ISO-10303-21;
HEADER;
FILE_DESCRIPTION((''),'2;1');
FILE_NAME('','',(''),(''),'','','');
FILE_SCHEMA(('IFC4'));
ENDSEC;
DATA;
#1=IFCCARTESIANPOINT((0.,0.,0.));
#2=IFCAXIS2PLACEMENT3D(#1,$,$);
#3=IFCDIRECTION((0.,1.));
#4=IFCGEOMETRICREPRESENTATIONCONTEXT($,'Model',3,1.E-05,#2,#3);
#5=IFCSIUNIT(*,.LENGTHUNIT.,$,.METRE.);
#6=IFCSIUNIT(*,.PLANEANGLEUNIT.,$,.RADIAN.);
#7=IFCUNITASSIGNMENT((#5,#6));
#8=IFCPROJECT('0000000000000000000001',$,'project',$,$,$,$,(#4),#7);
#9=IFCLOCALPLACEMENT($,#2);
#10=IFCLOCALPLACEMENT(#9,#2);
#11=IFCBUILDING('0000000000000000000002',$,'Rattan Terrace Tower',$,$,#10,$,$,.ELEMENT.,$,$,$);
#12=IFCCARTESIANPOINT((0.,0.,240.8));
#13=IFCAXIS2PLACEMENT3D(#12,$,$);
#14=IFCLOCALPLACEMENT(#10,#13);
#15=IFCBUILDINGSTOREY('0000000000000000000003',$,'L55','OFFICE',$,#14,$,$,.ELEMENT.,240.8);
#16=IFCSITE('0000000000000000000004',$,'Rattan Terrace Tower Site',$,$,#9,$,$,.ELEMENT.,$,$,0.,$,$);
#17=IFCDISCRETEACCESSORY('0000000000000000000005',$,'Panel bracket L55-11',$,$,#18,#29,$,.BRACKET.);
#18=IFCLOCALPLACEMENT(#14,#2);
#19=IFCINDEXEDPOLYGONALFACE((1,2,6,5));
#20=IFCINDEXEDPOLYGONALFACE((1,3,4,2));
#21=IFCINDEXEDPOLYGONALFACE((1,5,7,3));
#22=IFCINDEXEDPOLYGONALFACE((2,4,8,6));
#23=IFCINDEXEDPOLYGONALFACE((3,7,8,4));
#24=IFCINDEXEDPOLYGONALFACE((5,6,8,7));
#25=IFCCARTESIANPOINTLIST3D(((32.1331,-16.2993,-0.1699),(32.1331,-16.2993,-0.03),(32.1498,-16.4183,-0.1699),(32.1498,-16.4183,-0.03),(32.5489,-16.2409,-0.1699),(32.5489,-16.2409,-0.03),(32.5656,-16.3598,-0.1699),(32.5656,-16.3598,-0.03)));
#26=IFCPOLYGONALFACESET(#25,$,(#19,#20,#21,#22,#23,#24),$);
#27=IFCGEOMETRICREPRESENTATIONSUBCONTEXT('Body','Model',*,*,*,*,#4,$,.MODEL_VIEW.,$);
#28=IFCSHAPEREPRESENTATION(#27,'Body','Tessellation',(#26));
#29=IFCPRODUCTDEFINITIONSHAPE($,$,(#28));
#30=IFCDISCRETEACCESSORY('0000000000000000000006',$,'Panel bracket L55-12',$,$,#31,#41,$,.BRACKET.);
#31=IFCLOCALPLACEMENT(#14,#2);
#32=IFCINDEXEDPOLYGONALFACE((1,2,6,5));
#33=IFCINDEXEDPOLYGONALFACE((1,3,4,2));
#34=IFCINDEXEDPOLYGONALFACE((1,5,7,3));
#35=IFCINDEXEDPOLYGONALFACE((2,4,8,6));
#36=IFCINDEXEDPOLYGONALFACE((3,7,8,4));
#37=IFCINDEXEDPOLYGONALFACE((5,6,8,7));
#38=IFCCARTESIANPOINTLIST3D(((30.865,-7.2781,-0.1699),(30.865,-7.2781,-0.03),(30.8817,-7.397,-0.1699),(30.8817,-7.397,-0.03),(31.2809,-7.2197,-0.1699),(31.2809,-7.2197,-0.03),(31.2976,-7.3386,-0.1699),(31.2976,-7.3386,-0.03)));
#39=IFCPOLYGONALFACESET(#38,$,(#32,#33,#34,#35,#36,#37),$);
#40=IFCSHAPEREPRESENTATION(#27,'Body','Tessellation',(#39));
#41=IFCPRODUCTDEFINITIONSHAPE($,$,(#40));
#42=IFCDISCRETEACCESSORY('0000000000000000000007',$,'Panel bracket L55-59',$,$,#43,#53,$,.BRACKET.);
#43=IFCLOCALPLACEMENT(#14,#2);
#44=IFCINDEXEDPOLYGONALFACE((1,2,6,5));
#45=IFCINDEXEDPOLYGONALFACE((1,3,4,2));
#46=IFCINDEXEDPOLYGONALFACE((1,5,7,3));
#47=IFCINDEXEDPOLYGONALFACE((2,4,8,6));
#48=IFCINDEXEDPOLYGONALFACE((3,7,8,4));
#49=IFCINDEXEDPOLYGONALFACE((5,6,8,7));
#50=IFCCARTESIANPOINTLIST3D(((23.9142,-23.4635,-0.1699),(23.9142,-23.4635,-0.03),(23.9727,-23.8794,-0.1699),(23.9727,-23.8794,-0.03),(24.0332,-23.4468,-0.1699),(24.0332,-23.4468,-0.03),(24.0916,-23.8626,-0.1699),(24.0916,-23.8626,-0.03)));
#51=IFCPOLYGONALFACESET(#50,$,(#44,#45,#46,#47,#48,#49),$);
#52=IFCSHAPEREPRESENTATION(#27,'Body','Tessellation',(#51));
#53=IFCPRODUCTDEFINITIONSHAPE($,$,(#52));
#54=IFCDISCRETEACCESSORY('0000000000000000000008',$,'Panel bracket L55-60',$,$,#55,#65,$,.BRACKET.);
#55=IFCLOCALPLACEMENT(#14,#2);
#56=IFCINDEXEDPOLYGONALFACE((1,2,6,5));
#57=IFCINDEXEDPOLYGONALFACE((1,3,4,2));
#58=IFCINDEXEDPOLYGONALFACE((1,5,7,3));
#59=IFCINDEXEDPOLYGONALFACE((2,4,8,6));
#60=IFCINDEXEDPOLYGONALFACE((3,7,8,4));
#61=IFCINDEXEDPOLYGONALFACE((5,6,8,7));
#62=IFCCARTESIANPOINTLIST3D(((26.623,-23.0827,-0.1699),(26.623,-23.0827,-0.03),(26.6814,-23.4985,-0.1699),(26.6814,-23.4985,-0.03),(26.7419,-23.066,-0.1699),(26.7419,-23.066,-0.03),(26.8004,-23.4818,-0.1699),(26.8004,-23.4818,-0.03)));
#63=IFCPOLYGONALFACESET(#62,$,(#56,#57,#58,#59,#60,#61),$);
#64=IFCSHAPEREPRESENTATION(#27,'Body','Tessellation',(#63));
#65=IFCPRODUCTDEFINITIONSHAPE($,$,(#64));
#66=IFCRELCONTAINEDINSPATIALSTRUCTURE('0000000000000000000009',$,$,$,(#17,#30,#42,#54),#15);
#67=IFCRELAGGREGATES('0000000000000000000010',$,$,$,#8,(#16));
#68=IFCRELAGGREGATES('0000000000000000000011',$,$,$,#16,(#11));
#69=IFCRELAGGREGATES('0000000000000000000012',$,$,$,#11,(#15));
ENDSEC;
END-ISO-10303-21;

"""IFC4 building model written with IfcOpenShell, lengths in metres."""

from ifc_helpers import new_model, si_unit, direction, frame, origin, origin_2d, place, context, subcontext, project, spatial, rectangle, extrude, element, save


model = new_model("IFC4")

# Units and contexts
model_context = context("Model", 3, precision=1e-05, world=origin(), true_north=direction((0.0, 1.0)))
body_context = subcontext(model_context, "Body", "Model", "MODEL_VIEW")
ifc_project = project(units=[si_unit("LENGTHUNIT", "METRE"), si_unit("PLANEANGLEUNIT", "RADIAN")], contexts=[model_context])

# Site, building, storey
site_placement = place(None, origin())
site = spatial("IfcSite", under=ifc_project, at=site_placement, Name="Rattan Terrace Tower Site", CompositionType="ELEMENT", RefElevation=0.0)
building_placement = place(site_placement, origin())
building = spatial("IfcBuilding", under=site, at=building_placement, Name="Rattan Terrace Tower", CompositionType="ELEMENT")
storey_placement = place(building_placement, frame((0.0, 0.0, 240.8)))
storey = spatial("IfcBuildingStorey", under=building, at=storey_placement, Name="L55", Description="OFFICE", CompositionType="ELEMENT", Elevation=240.8)

# Discrete accessories
for number, where, z_axis, x_axis, name in (
    (1, (32.3494, -16.3296, -0.1699), (0.0, 0.0, 1.0), (-0.139186, 0.990266, 0.0), "Panel bracket L55-11"),
    (2, (31.0813, -7.3083, -0.1699), (0.0, 0.0, 1.0), (-0.139186, 0.990266, 0.0), "Panel bracket L55-12"),
    (3, (24.0029, -23.6631, -0.1699), (0.0, 0.0, 1.0), (0.990267, 0.139177, 0.0), "Panel bracket L55-59"),
    (4, (26.7117, -23.2822, -0.1699), (0.0, 0.0, 1.0), (0.990267, 0.139177, 0.0), "Panel bracket L55-60"),
):
    element("IfcDiscreteAccessory", number, at=place(storey_placement, frame(where, z_axis=z_axis, x_axis=x_axis)), inside=storey, Name=name, PredefinedType="BRACKET", context=body_context, shape_type="SweptSolid", body=[
        extrude(rectangle(XDim=0.1201, YDim=0.4199, at=origin_2d()), origin(), (0.0, 0.0, 1.0), 0.1399),
    ])

save(model, "model.ifc")
